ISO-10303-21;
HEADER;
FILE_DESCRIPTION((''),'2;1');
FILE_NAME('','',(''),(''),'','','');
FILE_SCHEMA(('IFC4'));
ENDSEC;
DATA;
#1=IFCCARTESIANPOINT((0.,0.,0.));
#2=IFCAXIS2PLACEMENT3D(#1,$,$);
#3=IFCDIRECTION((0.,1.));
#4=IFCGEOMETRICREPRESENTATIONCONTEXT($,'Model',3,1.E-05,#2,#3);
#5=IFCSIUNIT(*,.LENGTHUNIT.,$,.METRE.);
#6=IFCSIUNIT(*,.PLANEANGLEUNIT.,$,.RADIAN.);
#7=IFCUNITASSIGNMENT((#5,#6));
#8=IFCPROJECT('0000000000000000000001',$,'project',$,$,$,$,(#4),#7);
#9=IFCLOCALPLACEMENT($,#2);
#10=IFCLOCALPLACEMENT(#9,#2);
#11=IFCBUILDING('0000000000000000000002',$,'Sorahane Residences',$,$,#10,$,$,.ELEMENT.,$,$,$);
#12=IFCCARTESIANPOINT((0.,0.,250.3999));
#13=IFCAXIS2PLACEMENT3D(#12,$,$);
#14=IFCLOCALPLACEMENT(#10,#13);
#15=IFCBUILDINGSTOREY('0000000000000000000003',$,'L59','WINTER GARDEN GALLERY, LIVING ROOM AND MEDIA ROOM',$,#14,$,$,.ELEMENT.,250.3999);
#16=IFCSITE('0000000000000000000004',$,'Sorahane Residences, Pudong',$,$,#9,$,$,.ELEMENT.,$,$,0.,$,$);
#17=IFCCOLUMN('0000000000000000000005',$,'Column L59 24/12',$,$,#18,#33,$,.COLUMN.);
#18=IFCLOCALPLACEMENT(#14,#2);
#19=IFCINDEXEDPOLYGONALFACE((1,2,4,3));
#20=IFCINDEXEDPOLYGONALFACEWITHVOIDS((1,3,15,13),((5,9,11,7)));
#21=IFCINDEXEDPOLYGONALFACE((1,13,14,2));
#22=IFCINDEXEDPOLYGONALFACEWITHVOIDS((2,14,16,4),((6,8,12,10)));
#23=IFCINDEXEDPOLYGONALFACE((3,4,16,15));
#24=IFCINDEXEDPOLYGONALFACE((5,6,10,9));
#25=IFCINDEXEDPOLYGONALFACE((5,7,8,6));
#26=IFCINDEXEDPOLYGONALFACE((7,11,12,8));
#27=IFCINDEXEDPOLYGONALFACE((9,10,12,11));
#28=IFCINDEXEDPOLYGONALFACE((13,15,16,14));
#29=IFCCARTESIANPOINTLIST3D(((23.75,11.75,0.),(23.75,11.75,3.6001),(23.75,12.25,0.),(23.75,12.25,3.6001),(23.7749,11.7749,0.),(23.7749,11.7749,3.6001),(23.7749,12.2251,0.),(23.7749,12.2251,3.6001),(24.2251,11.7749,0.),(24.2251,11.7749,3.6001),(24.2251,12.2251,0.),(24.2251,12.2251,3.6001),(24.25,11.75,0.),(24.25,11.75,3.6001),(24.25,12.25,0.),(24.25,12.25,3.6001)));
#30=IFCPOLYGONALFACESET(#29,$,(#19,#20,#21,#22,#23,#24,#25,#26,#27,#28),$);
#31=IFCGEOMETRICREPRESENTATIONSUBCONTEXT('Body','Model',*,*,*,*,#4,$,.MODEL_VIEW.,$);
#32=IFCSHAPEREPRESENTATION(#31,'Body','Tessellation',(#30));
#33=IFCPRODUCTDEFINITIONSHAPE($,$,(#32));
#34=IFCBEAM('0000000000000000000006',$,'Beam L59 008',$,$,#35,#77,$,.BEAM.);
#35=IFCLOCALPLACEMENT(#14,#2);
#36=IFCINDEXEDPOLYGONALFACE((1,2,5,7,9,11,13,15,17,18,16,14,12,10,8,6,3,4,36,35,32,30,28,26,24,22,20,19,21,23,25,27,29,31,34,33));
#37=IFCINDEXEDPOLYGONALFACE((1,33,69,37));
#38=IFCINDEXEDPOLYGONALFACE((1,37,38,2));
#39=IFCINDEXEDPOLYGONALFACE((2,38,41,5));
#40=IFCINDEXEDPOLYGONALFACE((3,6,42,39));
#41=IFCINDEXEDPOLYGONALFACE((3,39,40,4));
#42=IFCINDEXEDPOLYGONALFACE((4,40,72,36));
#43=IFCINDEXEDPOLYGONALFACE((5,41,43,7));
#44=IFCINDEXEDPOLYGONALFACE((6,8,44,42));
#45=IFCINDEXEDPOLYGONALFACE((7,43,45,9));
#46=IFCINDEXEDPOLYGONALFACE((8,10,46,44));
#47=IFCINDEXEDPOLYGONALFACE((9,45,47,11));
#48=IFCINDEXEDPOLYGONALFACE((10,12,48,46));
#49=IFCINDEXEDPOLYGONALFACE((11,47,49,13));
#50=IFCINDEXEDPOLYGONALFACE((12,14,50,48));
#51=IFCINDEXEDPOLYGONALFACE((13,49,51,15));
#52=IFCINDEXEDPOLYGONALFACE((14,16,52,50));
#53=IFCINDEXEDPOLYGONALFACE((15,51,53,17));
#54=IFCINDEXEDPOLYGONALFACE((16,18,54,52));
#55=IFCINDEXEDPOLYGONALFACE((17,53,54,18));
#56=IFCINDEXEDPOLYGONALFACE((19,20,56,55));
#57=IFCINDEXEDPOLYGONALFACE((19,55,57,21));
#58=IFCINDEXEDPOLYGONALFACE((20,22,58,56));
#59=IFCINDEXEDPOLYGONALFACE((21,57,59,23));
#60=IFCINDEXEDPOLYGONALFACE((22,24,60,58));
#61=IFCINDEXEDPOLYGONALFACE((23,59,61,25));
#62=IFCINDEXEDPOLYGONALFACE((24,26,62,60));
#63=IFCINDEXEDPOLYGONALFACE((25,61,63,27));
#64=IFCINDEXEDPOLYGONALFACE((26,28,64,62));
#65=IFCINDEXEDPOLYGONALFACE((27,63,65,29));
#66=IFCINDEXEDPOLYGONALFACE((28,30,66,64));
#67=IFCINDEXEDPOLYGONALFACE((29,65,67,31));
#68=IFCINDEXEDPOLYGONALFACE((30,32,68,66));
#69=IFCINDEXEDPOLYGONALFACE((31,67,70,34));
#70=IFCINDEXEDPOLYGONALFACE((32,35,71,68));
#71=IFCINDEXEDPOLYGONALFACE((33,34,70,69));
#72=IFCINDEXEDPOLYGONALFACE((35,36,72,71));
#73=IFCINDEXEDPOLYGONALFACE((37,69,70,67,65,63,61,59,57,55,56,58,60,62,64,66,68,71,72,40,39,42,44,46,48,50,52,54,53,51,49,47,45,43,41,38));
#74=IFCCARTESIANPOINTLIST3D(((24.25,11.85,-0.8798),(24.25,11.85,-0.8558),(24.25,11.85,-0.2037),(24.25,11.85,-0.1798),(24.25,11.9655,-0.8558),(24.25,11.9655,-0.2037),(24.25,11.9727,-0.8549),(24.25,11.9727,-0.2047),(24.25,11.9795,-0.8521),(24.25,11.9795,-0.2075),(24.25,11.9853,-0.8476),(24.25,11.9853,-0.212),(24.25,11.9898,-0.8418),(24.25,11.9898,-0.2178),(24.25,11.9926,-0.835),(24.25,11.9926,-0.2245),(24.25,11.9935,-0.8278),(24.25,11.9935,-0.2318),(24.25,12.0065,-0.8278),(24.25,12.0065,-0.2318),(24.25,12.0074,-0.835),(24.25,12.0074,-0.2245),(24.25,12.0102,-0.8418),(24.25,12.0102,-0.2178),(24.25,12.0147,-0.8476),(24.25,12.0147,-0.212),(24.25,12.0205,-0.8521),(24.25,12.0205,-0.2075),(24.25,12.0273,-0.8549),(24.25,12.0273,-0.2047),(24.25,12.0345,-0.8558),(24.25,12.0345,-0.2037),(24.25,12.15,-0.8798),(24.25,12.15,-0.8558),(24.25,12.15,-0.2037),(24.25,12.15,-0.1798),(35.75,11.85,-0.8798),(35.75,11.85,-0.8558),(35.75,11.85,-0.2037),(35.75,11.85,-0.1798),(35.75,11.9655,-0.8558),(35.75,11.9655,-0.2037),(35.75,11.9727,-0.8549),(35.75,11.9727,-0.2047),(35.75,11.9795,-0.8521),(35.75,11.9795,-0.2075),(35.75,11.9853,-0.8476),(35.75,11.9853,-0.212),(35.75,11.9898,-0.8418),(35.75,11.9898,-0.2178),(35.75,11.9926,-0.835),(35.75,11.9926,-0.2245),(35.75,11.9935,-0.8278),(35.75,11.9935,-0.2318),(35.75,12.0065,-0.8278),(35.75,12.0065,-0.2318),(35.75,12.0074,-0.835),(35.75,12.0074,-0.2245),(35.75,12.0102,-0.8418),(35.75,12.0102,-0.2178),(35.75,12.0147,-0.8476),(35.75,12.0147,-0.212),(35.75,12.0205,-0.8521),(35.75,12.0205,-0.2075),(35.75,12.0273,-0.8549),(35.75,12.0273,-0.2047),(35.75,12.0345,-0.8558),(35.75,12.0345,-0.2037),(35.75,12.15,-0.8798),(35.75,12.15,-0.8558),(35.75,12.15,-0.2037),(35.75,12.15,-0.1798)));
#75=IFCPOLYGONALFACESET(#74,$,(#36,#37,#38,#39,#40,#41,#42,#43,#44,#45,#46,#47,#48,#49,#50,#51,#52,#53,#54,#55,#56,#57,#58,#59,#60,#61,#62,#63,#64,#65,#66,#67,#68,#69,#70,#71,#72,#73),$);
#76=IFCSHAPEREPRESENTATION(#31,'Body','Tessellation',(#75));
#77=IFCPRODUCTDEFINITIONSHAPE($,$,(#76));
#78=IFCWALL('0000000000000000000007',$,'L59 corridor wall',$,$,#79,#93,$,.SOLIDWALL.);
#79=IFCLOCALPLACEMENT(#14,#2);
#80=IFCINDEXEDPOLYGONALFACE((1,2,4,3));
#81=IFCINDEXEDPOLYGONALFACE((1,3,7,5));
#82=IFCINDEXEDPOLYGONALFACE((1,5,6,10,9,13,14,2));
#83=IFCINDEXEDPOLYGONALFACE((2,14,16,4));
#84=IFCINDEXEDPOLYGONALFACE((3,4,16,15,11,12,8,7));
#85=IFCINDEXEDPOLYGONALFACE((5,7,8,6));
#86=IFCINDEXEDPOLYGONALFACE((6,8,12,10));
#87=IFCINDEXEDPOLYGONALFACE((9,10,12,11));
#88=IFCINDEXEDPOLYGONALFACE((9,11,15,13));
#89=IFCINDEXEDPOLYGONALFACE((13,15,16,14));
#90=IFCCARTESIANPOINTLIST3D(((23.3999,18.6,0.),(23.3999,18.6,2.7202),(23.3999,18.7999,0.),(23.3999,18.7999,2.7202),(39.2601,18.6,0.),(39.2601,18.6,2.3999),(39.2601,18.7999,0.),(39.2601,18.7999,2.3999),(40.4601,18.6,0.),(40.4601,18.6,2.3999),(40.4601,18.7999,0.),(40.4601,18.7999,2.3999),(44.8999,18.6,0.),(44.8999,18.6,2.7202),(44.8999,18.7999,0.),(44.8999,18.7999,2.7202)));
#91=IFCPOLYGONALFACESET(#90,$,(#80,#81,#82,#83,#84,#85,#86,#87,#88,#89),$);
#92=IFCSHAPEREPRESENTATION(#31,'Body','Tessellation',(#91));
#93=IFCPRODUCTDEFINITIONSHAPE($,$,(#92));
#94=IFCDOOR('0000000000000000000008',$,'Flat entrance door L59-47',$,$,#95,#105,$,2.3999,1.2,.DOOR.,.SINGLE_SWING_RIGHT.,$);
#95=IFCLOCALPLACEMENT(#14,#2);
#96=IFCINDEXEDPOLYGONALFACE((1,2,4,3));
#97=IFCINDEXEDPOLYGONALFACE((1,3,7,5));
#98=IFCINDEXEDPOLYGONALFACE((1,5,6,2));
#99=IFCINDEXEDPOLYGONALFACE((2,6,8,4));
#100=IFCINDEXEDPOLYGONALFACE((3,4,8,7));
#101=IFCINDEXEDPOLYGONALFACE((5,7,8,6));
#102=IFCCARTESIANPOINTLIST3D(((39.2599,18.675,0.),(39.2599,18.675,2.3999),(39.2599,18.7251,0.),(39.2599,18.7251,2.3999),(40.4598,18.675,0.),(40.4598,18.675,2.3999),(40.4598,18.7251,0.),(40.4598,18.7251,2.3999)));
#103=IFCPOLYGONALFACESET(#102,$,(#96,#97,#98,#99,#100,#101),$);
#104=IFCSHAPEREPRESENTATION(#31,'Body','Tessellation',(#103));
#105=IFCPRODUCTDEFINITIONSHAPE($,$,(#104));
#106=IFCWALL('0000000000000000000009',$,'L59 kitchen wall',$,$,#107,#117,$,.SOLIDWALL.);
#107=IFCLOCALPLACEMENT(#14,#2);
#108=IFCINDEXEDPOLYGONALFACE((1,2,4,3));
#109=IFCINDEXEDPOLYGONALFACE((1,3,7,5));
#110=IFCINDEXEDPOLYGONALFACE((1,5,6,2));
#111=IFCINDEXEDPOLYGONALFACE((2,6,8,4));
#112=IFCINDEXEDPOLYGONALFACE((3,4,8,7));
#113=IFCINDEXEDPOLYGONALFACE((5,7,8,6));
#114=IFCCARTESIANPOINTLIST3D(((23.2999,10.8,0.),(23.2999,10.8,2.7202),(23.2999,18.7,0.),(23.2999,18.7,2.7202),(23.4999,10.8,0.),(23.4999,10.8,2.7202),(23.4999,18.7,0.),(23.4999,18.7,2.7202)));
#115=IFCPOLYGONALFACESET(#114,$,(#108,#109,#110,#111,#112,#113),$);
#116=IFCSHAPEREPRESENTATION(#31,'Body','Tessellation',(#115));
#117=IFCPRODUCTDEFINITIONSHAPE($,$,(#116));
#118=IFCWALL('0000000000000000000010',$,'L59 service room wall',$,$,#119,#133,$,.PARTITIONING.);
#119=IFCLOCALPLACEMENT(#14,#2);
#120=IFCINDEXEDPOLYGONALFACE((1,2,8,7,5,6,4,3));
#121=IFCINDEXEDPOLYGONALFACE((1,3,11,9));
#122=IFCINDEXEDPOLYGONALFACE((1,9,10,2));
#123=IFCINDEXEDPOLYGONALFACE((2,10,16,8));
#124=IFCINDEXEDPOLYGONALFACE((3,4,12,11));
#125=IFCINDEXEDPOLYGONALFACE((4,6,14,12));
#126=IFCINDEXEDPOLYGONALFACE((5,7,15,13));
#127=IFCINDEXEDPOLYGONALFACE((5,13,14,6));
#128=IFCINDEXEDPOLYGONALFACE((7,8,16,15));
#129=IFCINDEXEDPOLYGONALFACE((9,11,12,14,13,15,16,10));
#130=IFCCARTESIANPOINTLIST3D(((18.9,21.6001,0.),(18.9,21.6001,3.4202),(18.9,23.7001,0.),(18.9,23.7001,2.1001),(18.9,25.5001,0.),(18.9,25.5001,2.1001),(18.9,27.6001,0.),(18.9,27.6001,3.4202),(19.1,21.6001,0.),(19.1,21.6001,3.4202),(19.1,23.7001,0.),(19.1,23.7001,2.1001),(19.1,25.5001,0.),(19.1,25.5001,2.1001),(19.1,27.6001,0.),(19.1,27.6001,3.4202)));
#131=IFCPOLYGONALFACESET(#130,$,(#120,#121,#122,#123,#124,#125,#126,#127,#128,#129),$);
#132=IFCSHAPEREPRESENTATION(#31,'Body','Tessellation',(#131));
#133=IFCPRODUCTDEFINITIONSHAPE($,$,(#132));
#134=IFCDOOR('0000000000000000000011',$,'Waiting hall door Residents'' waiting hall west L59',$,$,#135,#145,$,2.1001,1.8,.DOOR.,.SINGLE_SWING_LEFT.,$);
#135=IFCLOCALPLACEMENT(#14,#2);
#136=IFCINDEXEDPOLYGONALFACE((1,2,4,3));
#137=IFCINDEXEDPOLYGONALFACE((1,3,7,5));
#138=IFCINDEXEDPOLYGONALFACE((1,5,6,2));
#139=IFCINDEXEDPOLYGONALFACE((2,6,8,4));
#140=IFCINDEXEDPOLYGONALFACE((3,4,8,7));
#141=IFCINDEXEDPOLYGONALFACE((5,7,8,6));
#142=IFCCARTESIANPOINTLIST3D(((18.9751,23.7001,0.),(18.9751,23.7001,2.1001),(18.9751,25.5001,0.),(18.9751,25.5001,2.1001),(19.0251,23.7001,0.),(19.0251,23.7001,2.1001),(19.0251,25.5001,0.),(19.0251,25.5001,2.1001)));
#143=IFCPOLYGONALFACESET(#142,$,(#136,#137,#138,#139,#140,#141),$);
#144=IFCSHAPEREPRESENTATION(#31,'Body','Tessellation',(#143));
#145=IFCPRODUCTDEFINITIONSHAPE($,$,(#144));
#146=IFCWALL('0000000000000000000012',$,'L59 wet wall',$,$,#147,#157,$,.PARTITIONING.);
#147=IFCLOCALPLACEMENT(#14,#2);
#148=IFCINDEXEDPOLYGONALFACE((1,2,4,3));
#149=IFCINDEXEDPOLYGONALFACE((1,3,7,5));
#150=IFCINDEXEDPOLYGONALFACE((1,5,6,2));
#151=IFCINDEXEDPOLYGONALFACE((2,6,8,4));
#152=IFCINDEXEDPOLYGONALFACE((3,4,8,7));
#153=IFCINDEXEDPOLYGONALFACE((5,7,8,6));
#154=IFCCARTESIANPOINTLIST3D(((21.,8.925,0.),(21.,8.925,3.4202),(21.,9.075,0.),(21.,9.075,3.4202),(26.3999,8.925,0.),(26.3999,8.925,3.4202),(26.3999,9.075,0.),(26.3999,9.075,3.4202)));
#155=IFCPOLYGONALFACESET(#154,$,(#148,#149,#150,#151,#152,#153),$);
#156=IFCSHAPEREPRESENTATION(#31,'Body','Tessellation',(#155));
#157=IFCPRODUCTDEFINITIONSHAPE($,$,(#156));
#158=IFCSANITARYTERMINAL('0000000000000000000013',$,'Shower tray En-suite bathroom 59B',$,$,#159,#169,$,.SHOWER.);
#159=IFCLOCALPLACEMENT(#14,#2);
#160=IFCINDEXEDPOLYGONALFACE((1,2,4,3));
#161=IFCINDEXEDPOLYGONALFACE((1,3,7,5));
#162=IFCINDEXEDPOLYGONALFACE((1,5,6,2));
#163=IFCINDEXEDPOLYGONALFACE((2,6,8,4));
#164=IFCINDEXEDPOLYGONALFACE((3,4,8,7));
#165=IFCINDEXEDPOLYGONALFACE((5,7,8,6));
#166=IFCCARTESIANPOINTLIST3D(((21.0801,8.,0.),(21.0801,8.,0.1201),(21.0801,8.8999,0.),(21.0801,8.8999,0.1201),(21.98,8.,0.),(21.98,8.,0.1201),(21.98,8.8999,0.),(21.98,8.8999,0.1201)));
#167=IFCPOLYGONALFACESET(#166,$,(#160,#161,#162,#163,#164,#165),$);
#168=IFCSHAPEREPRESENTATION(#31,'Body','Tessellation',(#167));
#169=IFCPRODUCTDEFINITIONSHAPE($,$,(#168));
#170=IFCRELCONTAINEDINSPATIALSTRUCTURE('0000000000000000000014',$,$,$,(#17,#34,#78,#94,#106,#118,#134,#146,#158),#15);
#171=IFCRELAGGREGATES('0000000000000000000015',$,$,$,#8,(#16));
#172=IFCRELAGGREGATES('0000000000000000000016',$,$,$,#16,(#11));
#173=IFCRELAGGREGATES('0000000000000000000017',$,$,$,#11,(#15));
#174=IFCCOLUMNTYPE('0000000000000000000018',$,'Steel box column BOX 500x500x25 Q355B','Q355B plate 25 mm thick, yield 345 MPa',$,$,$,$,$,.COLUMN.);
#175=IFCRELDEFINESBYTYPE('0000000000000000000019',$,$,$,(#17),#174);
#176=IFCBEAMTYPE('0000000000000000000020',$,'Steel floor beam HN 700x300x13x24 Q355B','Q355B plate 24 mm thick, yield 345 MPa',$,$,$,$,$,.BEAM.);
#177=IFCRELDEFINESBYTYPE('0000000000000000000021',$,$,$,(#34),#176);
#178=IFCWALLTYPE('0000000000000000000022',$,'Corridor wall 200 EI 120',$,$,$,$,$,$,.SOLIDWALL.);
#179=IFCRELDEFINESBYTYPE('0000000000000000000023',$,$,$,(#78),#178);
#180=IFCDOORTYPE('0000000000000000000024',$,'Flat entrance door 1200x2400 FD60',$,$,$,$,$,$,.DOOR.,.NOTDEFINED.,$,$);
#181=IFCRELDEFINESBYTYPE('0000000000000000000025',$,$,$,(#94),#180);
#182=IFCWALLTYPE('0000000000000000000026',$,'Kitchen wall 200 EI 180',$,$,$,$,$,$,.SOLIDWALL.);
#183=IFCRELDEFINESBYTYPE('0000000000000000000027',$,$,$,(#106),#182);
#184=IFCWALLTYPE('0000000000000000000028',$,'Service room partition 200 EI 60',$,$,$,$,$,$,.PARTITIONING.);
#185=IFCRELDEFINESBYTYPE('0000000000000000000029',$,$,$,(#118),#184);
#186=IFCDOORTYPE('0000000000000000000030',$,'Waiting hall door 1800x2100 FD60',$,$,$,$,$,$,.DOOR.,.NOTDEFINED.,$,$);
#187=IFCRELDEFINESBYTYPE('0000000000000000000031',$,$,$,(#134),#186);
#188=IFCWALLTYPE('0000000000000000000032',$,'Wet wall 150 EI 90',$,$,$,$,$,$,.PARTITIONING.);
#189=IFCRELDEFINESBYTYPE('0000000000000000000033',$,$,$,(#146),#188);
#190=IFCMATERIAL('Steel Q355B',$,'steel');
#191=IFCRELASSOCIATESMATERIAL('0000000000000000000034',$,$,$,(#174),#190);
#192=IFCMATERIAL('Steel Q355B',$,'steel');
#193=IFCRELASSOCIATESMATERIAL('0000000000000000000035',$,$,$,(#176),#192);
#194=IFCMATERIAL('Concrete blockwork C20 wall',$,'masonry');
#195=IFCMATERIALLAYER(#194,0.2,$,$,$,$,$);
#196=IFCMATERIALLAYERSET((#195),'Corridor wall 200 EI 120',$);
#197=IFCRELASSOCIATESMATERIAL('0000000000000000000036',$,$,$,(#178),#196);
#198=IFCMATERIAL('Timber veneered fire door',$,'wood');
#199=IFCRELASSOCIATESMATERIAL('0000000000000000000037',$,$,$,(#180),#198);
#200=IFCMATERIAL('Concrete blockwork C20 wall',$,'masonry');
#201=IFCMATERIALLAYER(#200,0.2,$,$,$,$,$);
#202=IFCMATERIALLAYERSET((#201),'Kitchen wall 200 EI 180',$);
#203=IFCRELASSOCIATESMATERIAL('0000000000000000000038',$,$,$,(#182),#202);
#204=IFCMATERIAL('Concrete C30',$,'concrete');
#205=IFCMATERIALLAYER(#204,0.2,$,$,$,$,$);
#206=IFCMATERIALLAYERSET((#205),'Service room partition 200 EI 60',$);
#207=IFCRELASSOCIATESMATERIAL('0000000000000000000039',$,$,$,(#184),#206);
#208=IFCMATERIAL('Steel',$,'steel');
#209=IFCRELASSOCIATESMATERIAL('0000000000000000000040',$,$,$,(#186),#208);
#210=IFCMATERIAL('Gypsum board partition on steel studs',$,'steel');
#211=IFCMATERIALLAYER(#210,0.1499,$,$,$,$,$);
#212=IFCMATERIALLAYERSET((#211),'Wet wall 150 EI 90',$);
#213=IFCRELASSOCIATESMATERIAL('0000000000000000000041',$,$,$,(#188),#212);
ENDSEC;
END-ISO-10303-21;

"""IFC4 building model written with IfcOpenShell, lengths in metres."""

from ifc_helpers import new_model, si_unit, direction, frame, frame_2d, origin, origin_2d, place, context, subcontext, project, spatial, rectangle, hollow_rectangle, i_section, extrude, material, layer, layer_set, material_profile, profile_set, type_object, element, fill, save


model = new_model("IFC4")

# Units and contexts
model_context = context("Model", 3, precision=1e-05, world=origin(), true_north=direction((0.0, 1.0)))
body_context = subcontext(model_context, "Body", "Model", "MODEL_VIEW")
ifc_project = project(units=[si_unit("LENGTHUNIT", "METRE"), si_unit("PLANEANGLEUNIT", "RADIAN")], contexts=[model_context])

# Site, building, storey
site_placement = place(None, origin())
site = spatial("IfcSite", under=ifc_project, at=site_placement, Name="Sorahane Residences, Pudong", CompositionType="ELEMENT", RefElevation=0.0)
building_placement = place(site_placement, origin())
building = spatial("IfcBuilding", under=site, at=building_placement, Name="Sorahane Residences", CompositionType="ELEMENT")
storey_placement = place(building_placement, frame((0.0, 0.0, 250.3999)))
storey = spatial("IfcBuildingStorey", under=building, at=storey_placement, Name="L59", Description="WINTER GARDEN GALLERY, LIVING ROOM AND MEDIA ROOM", CompositionType="ELEMENT", Elevation=250.3999)

# Column
ifc_material_1 = material(Name="Steel Q355B", Category="steel")
ifc_material_profile_1 = material_profile(ifc_material_1, hollow_rectangle(XDim=0.5, YDim=0.5, WallThickness=0.0249, at=origin_2d()), Name="BOX 500x500x25")
ifc_profile_set_1 = profile_set([ifc_material_profile_1], Name="Steel Q355B")
column_type = type_object("IfcColumnType", Name="Steel box column BOX 500x500x25 Q355B", Description="Q355B plate 25 mm thick, yield 345 MPa", PredefinedType="COLUMN", material=ifc_profile_set_1)
column_placement = place(storey_placement, frame((24.0, 12.0, 0.0), z_axis=(0.0, 0.0, 1.0), x_axis=(1.0, 0.0, 0.0)))
element("IfcColumn", 1, at=column_placement, inside=storey, type_object=column_type, Name="Column L59 24/12", PredefinedType="COLUMN", context=body_context, shape_type="SweptSolid", body=[
    extrude(hollow_rectangle(XDim=0.5, YDim=0.5, WallThickness=0.0249, at=origin_2d()), origin(), (0.0, 0.0, 1.0), 3.6001),
])

# Beam
ifc_material_2 = material(Name="Steel Q355B", Category="steel")
ifc_material_profile_2 = material_profile(ifc_material_2, i_section(OverallWidth=0.3, OverallDepth=0.7, WebThickness=0.0129, FlangeThickness=0.0239, FilletRadius=0.0281, at=origin_2d()), Name="HN 700x300x13x24")
ifc_profile_set_2 = profile_set([ifc_material_profile_2], Name="Steel Q355B")
beam_type = type_object("IfcBeamType", Name="Steel floor beam HN 700x300x13x24 Q355B", Description="Q355B plate 24 mm thick, yield 345 MPa", PredefinedType="BEAM", material=ifc_profile_set_2)
beam_placement = place(storey_placement, frame((24.25, 12.0, -0.5298), z_axis=(1.0, 0.0, 0.0), x_axis=(0.0, 1.0, 0.0)))
element("IfcBeam", 2, at=beam_placement, inside=storey, type_object=beam_type, Name="Beam L59 008", PredefinedType="BEAM", context=body_context, shape_type="SweptSolid", body=[
    extrude(i_section(OverallWidth=0.3, OverallDepth=0.7, WebThickness=0.0129, FlangeThickness=0.0239, FilletRadius=0.0281, at=origin_2d()), origin(), (0.0, 0.0, 1.0), 11.5),
])

# Wall, opening, door
ifc_material_3 = material(Name="Concrete blockwork C20 wall", Category="masonry")
ifc_layer_1 = layer(ifc_material_3, 0.2)
ifc_layer_set_1 = layer_set([ifc_layer_1], Name="Corridor wall 200 EI 120")
wall_type_1 = type_object("IfcWallType", Name="Corridor wall 200 EI 120", PredefinedType="SOLIDWALL", material=ifc_layer_set_1)
wall_1_placement = place(storey_placement, frame((23.3999, 18.7, 0.0), z_axis=(0.0, 0.0, 1.0), x_axis=(1.0, 0.0, 0.0)))
wall_1 = element("IfcWall", 3, at=wall_1_placement, inside=storey, type_object=wall_type_1, Name="L59 corridor wall", PredefinedType="SOLIDWALL", context=body_context, shape_type="SweptSolid", body=[
    extrude(rectangle(XDim=21.5, YDim=0.2, at=frame_2d((10.75, 0.0))), origin(), (0.0, 0.0, 1.0), 2.7202),
])
opening_1_placement = place(wall_1_placement, frame((15.8601, 0.0, 0.0)))
opening_1 = element("IfcOpeningElement", 4, at=opening_1_placement, cuts=wall_1, PredefinedType="OPENING", context=body_context, shape_type="SweptSolid", body=[
    extrude(rectangle(XDim=1.2, YDim=2.3999, at=frame_2d((0.6001, 1.2))), frame((0.0, 0.1099, 0.0), z_axis=(0.0, -1.0, 0.0), x_axis=(1.0, 0.0, 0.0)), (0.0, 0.0, 1.0), 0.22),
])
ifc_material_4 = material(Name="Timber veneered fire door", Category="wood")
door_type_1 = type_object("IfcDoorType", Name="Flat entrance door 1200x2400 FD60", OperationType="NOTDEFINED", PredefinedType="DOOR", material=ifc_material_4)
door_1_placement = place(opening_1_placement, frame((1.2, 0.0, 0.0), z_axis=(0.0, 0.0, 1.0), x_axis=(-1.0, 0.0, 0.0)))
door_1 = element("IfcDoor", 5, at=door_1_placement, inside=storey, type_object=door_type_1, Name="Flat entrance door L59-47", OperationType="SINGLE_SWING_RIGHT", OverallHeight=2.3999, OverallWidth=1.2, PredefinedType="DOOR", context=body_context, shape_type="SweptSolid", body=[
    extrude(rectangle(XDim=1.2, YDim=2.3999, at=frame_2d((0.6001, 1.2))), frame((0.0, 0.0249, 0.0), z_axis=(0.0, -1.0, 0.0), x_axis=(1.0, 0.0, 0.0)), (0.0, 0.0, 1.0), 0.05),
])
fill(opening_1, door_1)

# Wall
ifc_material_5 = material(Name="Concrete blockwork C20 wall", Category="masonry")
ifc_layer_2 = layer(ifc_material_5, 0.2)
ifc_layer_set_2 = layer_set([ifc_layer_2], Name="Kitchen wall 200 EI 180")
wall_type_2 = type_object("IfcWallType", Name="Kitchen wall 200 EI 180", PredefinedType="SOLIDWALL", material=ifc_layer_set_2)
wall_2_placement = place(storey_placement, frame((23.3999, 10.8, 0.0), z_axis=(0.0, 0.0, 1.0), x_axis=(0.0, 1.0, 0.0)))
element("IfcWall", 6, at=wall_2_placement, inside=storey, type_object=wall_type_2, Name="L59 kitchen wall", PredefinedType="SOLIDWALL", context=body_context, shape_type="SweptSolid", body=[
    extrude(rectangle(XDim=7.8999, YDim=0.2, at=frame_2d((3.95, 0.0))), origin(), (0.0, 0.0, 1.0), 2.7202),
])

# Wall, opening, door
ifc_material_6 = material(Name="Concrete C30", Category="concrete")
ifc_layer_3 = layer(ifc_material_6, 0.2)
ifc_layer_set_3 = layer_set([ifc_layer_3], Name="Service room partition 200 EI 60")
wall_type_3 = type_object("IfcWallType", Name="Service room partition 200 EI 60", PredefinedType="PARTITIONING", material=ifc_layer_set_3)
wall_3_placement = place(storey_placement, frame((19.0, 21.6001, 0.0), z_axis=(0.0, 0.0, 1.0), x_axis=(0.0, 1.0, 0.0)))
wall_3 = element("IfcWall", 7, at=wall_3_placement, inside=storey, type_object=wall_type_3, Name="L59 service room wall", PredefinedType="PARTITIONING", context=body_context, shape_type="SweptSolid", body=[
    extrude(rectangle(XDim=6.0, YDim=0.2, at=frame_2d((3.0, 0.0))), origin(), (0.0, 0.0, 1.0), 3.4202),
])
opening_2_placement = place(wall_3_placement, frame((2.1001, 0.0, 0.0)))
opening_2 = element("IfcOpeningElement", 8, at=opening_2_placement, cuts=wall_3, PredefinedType="OPENING", context=body_context, shape_type="SweptSolid", body=[
    extrude(rectangle(XDim=1.8, YDim=2.1001, at=frame_2d((0.8999, 1.05))), frame((0.0, 0.1099, 0.0), z_axis=(0.0, -1.0, 0.0), x_axis=(1.0, 0.0, 0.0)), (0.0, 0.0, 1.0), 0.22),
])
ifc_material_7 = material(Name="Steel", Category="steel")
door_type_2 = type_object("IfcDoorType", Name="Waiting hall door 1800x2100 FD60", OperationType="NOTDEFINED", PredefinedType="DOOR", material=ifc_material_7)
door_2_placement = place(opening_2_placement, origin())
door_2 = element("IfcDoor", 9, at=door_2_placement, inside=storey, type_object=door_type_2, Name="Waiting hall door Residents' waiting hall west L59", OperationType="SINGLE_SWING_LEFT", OverallHeight=2.1001, OverallWidth=1.8, PredefinedType="DOOR", context=body_context, shape_type="SweptSolid", body=[
    extrude(rectangle(XDim=1.8, YDim=2.1001, at=frame_2d((0.8999, 1.05))), frame((0.0, 0.0249, 0.0), z_axis=(0.0, -1.0, 0.0), x_axis=(1.0, 0.0, 0.0)), (0.0, 0.0, 1.0), 0.05),
])
fill(opening_2, door_2)
ifc_material_8 = material(Name="Gypsum board partition on steel studs", Category="steel")
ifc_layer_4 = layer(ifc_material_8, 0.1499)
ifc_layer_set_4 = layer_set([ifc_layer_4], Name="Wet wall 150 EI 90")
wall_type_4 = type_object("IfcWallType", Name="Wet wall 150 EI 90", PredefinedType="PARTITIONING", material=ifc_layer_set_4)

# Wall
wall_4_placement = place(storey_placement, frame((21.0, 9.0, 0.0), z_axis=(0.0, 0.0, 1.0), x_axis=(1.0, 0.0, 0.0)))
element("IfcWall", 10, at=wall_4_placement, inside=storey, type_object=wall_type_4, Name="L59 wet wall", PredefinedType="PARTITIONING", context=body_context, shape_type="SweptSolid", body=[
    extrude(rectangle(XDim=5.3999, YDim=0.1499, at=frame_2d((2.7, 0.0))), origin(), (0.0, 0.0, 1.0), 3.4202),
])

# Sanitary terminal
sanitary_terminal_1_placement = place(storey_placement, frame((21.53, 8.45, 0.0), z_axis=(0.0, 0.0, 1.0), x_axis=(1.0, 0.0, 0.0)))
element("IfcSanitaryTerminal", 11, at=sanitary_terminal_1_placement, inside=storey, Name="Shower tray En-suite bathroom 59B", PredefinedType="SHOWER", context=body_context, shape_type="SweptSolid", body=[
    extrude(rectangle(XDim=0.8999, YDim=0.8999, at=origin_2d()), origin(), (0.0, 0.0, 1.0), 0.1201),
])

save(model, "model.ifc")
